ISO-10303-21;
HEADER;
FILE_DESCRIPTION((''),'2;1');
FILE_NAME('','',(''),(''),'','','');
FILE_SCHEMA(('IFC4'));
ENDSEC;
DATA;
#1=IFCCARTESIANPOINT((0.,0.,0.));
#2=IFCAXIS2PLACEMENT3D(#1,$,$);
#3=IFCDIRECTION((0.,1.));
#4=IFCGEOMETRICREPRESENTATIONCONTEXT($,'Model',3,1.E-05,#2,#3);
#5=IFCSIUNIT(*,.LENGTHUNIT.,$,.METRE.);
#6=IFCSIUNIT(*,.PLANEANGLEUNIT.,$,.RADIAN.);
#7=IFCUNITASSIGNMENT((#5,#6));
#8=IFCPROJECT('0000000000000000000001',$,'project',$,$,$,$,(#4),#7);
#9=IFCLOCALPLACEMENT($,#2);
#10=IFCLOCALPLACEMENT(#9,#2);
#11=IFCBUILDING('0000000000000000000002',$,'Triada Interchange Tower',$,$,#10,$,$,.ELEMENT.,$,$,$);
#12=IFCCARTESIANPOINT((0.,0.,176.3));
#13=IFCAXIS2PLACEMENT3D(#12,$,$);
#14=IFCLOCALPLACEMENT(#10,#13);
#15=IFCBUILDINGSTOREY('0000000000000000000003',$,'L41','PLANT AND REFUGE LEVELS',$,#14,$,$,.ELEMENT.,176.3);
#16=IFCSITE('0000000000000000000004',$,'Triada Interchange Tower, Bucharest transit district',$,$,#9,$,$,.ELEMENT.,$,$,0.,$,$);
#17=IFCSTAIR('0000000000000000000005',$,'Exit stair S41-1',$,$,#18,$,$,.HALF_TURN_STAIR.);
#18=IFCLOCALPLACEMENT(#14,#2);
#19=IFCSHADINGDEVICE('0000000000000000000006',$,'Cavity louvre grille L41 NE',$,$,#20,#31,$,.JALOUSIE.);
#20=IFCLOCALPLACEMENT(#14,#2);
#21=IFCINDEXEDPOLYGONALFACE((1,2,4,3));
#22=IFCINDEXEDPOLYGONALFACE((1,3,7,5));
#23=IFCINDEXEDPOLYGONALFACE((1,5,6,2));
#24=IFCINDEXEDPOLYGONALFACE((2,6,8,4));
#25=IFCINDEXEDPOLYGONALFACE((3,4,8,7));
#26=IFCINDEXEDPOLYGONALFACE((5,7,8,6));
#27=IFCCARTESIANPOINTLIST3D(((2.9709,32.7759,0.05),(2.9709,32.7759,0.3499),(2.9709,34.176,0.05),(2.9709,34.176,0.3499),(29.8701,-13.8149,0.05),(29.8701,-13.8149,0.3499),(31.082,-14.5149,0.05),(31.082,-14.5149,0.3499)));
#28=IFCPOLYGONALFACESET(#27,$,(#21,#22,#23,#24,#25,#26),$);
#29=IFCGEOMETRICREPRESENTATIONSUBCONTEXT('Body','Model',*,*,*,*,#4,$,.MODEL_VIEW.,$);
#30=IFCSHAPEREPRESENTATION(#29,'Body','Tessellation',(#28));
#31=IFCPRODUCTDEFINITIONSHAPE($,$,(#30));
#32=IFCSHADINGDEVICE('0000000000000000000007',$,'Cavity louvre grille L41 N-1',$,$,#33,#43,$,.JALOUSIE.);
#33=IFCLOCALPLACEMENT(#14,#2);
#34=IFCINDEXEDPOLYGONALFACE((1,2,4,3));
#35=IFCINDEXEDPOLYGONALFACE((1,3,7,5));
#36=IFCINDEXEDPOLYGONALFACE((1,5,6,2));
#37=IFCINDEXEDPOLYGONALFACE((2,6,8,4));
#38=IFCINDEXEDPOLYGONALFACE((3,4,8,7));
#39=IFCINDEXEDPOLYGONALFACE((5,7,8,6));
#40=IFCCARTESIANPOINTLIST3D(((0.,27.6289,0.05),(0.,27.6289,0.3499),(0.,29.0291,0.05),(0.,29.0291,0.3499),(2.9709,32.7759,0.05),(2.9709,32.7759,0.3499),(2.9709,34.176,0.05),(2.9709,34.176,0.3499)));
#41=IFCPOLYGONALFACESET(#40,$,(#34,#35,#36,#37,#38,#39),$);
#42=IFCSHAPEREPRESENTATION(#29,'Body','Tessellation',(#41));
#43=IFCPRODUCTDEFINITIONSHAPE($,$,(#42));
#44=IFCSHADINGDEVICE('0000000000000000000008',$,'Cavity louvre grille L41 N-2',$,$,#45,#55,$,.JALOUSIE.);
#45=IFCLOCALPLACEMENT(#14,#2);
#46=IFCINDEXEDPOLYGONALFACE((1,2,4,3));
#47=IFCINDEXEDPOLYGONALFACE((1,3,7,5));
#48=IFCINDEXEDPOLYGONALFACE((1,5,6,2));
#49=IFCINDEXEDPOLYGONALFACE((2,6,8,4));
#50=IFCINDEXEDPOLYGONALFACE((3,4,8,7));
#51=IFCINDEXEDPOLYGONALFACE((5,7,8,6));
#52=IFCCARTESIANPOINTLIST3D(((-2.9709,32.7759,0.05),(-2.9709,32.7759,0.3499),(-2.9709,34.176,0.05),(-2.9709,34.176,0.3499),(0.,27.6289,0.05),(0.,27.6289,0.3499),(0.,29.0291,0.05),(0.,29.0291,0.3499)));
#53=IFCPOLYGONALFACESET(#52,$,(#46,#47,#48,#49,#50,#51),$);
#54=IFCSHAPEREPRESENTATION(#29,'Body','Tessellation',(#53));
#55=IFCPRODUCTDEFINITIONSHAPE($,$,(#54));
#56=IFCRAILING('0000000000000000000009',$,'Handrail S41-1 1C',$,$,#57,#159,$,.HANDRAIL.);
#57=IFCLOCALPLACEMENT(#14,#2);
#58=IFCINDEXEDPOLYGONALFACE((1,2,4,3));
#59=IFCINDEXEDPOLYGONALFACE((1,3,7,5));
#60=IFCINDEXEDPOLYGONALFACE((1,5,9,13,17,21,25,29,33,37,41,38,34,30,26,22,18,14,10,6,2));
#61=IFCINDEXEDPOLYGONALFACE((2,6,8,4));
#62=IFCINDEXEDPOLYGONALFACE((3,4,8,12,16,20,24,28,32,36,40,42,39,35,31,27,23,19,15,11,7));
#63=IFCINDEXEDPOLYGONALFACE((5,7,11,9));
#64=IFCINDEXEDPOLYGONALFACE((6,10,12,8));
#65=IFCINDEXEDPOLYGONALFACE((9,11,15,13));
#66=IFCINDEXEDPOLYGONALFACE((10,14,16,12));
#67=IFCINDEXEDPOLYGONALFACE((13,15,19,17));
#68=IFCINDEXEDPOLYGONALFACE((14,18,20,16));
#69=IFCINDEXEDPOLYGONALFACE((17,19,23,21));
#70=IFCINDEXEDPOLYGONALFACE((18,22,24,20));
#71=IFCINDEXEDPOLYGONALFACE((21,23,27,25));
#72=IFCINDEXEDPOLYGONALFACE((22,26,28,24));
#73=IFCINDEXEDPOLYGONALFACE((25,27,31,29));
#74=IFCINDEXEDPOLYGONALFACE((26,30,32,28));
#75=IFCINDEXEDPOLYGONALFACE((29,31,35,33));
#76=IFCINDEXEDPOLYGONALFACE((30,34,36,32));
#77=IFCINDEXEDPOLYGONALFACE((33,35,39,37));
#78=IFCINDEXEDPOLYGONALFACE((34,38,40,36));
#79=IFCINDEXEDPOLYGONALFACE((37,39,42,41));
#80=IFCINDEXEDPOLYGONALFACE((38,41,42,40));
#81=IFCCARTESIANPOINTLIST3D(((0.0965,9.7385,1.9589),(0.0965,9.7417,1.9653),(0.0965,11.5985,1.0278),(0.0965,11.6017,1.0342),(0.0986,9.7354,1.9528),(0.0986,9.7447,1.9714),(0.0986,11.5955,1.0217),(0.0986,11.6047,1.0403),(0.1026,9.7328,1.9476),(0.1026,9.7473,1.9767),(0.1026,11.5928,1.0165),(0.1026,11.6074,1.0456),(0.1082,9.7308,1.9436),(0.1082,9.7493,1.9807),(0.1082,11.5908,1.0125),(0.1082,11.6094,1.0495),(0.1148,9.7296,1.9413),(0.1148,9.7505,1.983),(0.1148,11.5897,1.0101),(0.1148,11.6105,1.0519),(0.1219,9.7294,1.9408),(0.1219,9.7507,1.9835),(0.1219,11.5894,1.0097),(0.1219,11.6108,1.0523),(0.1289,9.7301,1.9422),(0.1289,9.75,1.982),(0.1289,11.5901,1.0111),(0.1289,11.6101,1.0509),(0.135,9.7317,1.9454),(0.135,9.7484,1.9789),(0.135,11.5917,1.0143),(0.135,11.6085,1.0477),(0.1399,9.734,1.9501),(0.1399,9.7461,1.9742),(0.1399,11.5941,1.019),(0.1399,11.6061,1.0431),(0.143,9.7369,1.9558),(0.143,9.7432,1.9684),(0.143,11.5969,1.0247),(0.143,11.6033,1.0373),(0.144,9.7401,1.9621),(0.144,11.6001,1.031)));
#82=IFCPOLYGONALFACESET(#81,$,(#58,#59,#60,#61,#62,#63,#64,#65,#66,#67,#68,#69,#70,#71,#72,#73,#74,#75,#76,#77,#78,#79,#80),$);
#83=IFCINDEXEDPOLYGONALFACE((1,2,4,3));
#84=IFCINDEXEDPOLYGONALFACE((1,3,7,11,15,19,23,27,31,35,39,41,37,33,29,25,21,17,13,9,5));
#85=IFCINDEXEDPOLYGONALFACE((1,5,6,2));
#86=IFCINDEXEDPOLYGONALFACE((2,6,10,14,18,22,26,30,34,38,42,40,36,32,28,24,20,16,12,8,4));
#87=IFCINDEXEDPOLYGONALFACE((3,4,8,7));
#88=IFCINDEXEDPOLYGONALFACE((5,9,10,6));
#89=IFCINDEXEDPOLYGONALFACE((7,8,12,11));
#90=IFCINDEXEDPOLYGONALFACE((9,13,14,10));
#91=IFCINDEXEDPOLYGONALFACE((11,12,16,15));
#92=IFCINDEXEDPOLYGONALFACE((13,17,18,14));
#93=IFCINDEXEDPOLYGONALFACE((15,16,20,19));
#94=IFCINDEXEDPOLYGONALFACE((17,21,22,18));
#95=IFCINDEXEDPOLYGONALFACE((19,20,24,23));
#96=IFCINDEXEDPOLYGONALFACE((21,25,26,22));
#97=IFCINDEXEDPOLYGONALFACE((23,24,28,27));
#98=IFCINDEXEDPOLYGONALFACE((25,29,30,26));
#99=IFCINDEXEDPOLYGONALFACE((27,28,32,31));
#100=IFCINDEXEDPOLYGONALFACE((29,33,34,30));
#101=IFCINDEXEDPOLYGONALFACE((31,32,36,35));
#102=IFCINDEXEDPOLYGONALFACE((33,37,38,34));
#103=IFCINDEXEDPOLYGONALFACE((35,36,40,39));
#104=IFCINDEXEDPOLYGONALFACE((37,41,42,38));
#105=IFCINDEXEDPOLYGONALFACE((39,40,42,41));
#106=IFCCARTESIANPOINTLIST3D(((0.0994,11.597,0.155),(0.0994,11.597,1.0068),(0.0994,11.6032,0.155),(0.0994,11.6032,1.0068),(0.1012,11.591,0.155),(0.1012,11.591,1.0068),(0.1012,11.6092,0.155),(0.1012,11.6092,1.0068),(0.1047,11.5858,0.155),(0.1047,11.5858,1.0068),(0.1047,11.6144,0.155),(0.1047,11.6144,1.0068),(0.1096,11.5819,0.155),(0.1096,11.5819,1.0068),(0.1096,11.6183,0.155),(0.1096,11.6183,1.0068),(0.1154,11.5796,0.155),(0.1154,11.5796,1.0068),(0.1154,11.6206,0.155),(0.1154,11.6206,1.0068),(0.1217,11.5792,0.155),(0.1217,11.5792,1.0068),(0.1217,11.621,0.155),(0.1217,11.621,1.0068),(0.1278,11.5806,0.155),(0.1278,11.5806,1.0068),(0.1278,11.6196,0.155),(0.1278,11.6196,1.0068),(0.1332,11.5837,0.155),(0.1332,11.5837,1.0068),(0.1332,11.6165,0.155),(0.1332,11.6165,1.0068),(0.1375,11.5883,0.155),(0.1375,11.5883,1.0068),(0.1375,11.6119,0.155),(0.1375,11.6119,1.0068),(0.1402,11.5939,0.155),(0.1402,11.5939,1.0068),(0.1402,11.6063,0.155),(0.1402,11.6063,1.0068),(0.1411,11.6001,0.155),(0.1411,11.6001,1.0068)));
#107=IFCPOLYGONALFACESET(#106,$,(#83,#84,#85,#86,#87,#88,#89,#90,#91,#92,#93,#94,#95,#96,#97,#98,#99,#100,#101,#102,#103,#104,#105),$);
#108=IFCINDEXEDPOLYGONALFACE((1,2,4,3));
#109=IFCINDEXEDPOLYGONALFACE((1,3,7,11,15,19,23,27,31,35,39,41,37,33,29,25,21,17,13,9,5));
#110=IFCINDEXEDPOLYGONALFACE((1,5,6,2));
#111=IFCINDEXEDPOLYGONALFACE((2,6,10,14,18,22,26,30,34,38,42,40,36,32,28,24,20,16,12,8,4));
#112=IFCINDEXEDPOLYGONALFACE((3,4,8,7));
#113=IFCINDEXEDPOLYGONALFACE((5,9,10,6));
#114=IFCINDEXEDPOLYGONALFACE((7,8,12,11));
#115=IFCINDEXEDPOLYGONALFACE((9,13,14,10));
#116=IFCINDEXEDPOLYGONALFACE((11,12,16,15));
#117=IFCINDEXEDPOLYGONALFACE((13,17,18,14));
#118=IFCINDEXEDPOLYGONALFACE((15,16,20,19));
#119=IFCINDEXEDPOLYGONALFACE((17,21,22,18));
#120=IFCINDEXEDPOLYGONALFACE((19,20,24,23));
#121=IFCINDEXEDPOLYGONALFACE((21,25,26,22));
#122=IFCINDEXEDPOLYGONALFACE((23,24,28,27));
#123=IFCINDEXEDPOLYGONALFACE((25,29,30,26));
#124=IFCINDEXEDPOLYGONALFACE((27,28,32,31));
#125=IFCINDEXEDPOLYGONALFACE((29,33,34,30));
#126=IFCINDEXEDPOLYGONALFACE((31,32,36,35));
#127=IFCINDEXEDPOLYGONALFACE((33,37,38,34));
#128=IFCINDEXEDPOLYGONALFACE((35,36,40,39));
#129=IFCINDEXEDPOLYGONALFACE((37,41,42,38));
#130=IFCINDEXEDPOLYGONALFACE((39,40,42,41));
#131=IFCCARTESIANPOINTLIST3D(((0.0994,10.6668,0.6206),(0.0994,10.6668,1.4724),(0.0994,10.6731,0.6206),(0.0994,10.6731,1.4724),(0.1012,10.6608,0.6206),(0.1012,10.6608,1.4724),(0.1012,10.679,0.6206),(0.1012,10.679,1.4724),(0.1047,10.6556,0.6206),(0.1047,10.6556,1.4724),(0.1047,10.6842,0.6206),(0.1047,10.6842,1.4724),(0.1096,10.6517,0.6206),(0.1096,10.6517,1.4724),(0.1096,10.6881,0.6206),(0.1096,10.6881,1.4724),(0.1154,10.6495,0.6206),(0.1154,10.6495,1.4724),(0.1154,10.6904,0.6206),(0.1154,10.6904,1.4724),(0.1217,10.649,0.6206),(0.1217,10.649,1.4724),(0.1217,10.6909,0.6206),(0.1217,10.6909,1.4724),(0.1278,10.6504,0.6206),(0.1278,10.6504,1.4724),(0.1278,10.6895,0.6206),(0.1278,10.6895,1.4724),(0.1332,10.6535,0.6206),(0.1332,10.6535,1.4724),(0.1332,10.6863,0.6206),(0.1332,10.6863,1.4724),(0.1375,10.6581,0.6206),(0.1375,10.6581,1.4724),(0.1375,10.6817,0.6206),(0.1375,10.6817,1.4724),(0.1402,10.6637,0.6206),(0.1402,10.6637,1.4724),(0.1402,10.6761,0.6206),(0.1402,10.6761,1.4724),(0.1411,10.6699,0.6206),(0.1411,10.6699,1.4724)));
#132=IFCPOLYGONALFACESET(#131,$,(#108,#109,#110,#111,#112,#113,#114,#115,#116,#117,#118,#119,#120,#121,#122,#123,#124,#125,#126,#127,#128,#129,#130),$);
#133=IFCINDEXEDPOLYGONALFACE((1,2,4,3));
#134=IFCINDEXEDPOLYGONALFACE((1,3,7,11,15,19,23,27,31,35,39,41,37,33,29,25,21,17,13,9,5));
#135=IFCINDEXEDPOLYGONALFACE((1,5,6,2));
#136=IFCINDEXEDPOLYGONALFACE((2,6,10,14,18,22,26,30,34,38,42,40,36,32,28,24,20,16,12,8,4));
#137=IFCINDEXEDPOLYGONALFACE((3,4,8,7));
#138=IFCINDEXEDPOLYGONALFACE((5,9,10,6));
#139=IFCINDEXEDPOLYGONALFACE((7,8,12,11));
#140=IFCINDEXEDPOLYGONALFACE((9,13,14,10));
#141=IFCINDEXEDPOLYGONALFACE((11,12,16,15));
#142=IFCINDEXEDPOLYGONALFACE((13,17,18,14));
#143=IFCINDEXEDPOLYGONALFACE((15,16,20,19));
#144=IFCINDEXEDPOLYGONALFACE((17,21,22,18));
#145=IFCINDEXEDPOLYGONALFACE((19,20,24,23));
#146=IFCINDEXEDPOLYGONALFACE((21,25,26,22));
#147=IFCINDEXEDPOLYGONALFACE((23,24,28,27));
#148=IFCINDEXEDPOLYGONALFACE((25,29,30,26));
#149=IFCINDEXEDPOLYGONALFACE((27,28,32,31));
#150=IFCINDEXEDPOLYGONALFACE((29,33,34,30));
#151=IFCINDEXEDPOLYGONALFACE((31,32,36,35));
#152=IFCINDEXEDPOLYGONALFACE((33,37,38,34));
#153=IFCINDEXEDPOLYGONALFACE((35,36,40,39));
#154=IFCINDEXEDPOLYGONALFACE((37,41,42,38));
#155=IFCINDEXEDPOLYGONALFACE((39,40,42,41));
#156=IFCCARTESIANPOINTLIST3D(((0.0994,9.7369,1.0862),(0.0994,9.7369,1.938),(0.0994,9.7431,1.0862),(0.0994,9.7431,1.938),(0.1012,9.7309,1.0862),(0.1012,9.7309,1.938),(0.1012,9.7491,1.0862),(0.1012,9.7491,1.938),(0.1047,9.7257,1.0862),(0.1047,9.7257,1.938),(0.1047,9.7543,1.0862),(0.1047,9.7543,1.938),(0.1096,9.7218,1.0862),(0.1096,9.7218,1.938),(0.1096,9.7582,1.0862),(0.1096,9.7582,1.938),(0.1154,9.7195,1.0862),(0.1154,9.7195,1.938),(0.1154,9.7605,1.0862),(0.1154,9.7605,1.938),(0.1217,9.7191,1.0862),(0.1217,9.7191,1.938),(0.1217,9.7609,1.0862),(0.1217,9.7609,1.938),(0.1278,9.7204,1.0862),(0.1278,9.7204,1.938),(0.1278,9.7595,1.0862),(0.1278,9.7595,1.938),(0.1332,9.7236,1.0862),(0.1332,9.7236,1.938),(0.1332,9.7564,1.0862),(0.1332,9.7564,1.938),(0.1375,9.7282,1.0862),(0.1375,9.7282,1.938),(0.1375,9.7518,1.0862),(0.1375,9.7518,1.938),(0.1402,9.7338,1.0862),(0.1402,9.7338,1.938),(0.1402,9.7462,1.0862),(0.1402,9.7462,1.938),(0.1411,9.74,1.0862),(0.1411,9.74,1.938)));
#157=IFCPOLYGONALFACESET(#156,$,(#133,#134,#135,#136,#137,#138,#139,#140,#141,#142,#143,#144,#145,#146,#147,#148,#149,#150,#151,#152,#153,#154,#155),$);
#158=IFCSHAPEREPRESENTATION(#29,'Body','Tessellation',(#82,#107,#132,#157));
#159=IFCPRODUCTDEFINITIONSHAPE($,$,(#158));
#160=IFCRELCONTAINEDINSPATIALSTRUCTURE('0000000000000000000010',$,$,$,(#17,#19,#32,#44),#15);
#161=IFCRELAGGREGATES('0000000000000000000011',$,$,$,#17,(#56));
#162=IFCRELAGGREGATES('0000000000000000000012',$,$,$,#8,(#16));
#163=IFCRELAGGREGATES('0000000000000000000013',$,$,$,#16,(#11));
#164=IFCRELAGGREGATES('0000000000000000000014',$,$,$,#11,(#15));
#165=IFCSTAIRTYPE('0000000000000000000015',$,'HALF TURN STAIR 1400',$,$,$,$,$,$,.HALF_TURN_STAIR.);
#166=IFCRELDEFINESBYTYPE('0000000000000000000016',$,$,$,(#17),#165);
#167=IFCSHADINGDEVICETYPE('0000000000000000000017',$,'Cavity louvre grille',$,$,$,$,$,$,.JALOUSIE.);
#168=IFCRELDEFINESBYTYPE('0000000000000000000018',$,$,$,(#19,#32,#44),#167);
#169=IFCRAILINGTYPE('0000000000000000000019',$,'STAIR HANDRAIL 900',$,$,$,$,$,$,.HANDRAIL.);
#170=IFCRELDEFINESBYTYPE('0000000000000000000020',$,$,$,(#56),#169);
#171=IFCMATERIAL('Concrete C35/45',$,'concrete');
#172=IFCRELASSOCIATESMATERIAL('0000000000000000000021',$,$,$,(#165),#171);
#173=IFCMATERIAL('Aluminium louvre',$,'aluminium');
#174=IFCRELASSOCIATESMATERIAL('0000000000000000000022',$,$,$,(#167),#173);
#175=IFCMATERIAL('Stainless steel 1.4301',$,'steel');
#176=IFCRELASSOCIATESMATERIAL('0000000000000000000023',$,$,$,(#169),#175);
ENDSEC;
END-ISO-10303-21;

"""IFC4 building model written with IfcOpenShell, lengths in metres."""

from ifc_helpers import new_model, si_unit, direction, frame, origin, origin_2d, place, context, subcontext, project, spatial, polyline, circle, outline, extrude, material, type_object, element, aggregate, save


model = new_model("IFC4")

# Units and contexts
model_context = context("Model", 3, precision=1e-05, world=origin(), true_north=direction((0.0, 1.0)))
body_context = subcontext(model_context, "Body", "Model", "MODEL_VIEW")
ifc_project = project(units=[si_unit("LENGTHUNIT", "METRE"), si_unit("PLANEANGLEUNIT", "RADIAN")], contexts=[model_context])

# Site, building, storey
site_placement = place(None, origin())
site = spatial("IfcSite", under=ifc_project, at=site_placement, Name="Triada Interchange Tower, Bucharest transit district", CompositionType="ELEMENT", RefElevation=0.0)
building_placement = place(site_placement, origin())
building = spatial("IfcBuilding", under=site, at=building_placement, Name="Triada Interchange Tower", CompositionType="ELEMENT")
storey_placement = place(building_placement, frame((0.0, 0.0, 176.3)))
storey = spatial("IfcBuildingStorey", under=building, at=storey_placement, Name="L41", Description="PLANT AND REFUGE LEVELS", CompositionType="ELEMENT", Elevation=176.3)

# Stair
ifc_material_1 = material(Name="Concrete C35/45", Category="concrete")
stair_type = type_object("IfcStairType", Name="HALF TURN STAIR 1400", PredefinedType="HALF_TURN_STAIR", material=ifc_material_1)
stair_1_placement = place(storey_placement, origin())
stair_1 = element("IfcStair", 1, at=stair_1_placement, inside=storey, type_object=stair_type, Name="Exit stair S41-1", PredefinedType="HALF_TURN_STAIR")

# Shading devices
ifc_material_2 = material(Name="Aluminium louvre", Category="aluminium")
shading_device_type = type_object("IfcShadingDeviceType", Name="Cavity louvre grille", PredefinedType="JALOUSIE", material=ifc_material_2)
shading_device_1_placement = place(storey_placement, frame((0.0, 0.0, 0.05)))
element("IfcShadingDevice", 2, at=shading_device_1_placement, inside=storey, type_object=shading_device_type, Name="Cavity louvre grille L41 NE", PredefinedType="JALOUSIE", context=body_context, shape_type="SweptSolid", body=[
    extrude(outline(polyline([(29.8701, -13.8149), (31.082, -14.5149), (2.9709, 34.176), (2.9709, 32.7759), (29.8701, -13.8149)])), origin(), (0.0, 0.0, 1.0), 0.2998),
])
shading_device_2_placement = place(storey_placement, frame((0.0, 0.0, 0.05)))
element("IfcShadingDevice", 3, at=shading_device_2_placement, inside=storey, type_object=shading_device_type, Name="Cavity louvre grille L41 N-1", PredefinedType="JALOUSIE", context=body_context, shape_type="SweptSolid", body=[
    extrude(outline(polyline([(2.9709, 32.7759), (2.9709, 34.176), (0.0, 29.0291), (0.0, 27.6289), (2.9709, 32.7759)])), origin(), (0.0, 0.0, 1.0), 0.2998),
])
shading_device_3_placement = place(storey_placement, frame((0.0, 0.0, 0.05)))
element("IfcShadingDevice", 4, at=shading_device_3_placement, inside=storey, type_object=shading_device_type, Name="Cavity louvre grille L41 N-2", PredefinedType="JALOUSIE", context=body_context, shape_type="SweptSolid", body=[
    extrude(outline(polyline([(0.0, 27.6289), (0.0, 29.0291), (-2.9709, 34.176), (-2.9709, 32.7759), (0.0, 27.6289)])), origin(), (0.0, 0.0, 1.0), 0.2998),
])

# Railing
ifc_material_3 = material(Name="Stainless steel 1.4301", Category="steel")
railing_type = type_object("IfcRailingType", Name="STAIR HANDRAIL 900", PredefinedType="HANDRAIL", material=ifc_material_3)
railing_1_placement = place(storey_placement, frame((0.1201, 11.6001, 0.155)))
railing_1 = element("IfcRailing", 5, at=railing_1_placement, type_object=railing_type, Name="Handrail S41-1 1C", PredefinedType="HANDRAIL", context=body_context, shape_type="SweptSolid", body=[
    extrude(circle(Radius=0.0239, at=origin_2d()), frame((0.0, 0.0, 0.876), z_axis=(0.0, -0.894216, 0.447636), x_axis=(1.0, 0.0, 0.0)), (0.0, 0.0, 1.0), 2.0801),
    extrude(circle(Radius=0.021, at=origin_2d()), origin(), (0.0, 0.0, 1.0), 0.8518),
    extrude(circle(Radius=0.021, at=origin_2d()), frame((0.0, -0.9302, 0.4656)), (0.0, 0.0, 1.0), 0.8518),
    extrude(circle(Radius=0.021, at=origin_2d()), frame((0.0, -1.8601, 0.9312)), (0.0, 0.0, 1.0), 0.8518),
])
aggregate(stair_1, [railing_1])

save(model, "model.ifc")
